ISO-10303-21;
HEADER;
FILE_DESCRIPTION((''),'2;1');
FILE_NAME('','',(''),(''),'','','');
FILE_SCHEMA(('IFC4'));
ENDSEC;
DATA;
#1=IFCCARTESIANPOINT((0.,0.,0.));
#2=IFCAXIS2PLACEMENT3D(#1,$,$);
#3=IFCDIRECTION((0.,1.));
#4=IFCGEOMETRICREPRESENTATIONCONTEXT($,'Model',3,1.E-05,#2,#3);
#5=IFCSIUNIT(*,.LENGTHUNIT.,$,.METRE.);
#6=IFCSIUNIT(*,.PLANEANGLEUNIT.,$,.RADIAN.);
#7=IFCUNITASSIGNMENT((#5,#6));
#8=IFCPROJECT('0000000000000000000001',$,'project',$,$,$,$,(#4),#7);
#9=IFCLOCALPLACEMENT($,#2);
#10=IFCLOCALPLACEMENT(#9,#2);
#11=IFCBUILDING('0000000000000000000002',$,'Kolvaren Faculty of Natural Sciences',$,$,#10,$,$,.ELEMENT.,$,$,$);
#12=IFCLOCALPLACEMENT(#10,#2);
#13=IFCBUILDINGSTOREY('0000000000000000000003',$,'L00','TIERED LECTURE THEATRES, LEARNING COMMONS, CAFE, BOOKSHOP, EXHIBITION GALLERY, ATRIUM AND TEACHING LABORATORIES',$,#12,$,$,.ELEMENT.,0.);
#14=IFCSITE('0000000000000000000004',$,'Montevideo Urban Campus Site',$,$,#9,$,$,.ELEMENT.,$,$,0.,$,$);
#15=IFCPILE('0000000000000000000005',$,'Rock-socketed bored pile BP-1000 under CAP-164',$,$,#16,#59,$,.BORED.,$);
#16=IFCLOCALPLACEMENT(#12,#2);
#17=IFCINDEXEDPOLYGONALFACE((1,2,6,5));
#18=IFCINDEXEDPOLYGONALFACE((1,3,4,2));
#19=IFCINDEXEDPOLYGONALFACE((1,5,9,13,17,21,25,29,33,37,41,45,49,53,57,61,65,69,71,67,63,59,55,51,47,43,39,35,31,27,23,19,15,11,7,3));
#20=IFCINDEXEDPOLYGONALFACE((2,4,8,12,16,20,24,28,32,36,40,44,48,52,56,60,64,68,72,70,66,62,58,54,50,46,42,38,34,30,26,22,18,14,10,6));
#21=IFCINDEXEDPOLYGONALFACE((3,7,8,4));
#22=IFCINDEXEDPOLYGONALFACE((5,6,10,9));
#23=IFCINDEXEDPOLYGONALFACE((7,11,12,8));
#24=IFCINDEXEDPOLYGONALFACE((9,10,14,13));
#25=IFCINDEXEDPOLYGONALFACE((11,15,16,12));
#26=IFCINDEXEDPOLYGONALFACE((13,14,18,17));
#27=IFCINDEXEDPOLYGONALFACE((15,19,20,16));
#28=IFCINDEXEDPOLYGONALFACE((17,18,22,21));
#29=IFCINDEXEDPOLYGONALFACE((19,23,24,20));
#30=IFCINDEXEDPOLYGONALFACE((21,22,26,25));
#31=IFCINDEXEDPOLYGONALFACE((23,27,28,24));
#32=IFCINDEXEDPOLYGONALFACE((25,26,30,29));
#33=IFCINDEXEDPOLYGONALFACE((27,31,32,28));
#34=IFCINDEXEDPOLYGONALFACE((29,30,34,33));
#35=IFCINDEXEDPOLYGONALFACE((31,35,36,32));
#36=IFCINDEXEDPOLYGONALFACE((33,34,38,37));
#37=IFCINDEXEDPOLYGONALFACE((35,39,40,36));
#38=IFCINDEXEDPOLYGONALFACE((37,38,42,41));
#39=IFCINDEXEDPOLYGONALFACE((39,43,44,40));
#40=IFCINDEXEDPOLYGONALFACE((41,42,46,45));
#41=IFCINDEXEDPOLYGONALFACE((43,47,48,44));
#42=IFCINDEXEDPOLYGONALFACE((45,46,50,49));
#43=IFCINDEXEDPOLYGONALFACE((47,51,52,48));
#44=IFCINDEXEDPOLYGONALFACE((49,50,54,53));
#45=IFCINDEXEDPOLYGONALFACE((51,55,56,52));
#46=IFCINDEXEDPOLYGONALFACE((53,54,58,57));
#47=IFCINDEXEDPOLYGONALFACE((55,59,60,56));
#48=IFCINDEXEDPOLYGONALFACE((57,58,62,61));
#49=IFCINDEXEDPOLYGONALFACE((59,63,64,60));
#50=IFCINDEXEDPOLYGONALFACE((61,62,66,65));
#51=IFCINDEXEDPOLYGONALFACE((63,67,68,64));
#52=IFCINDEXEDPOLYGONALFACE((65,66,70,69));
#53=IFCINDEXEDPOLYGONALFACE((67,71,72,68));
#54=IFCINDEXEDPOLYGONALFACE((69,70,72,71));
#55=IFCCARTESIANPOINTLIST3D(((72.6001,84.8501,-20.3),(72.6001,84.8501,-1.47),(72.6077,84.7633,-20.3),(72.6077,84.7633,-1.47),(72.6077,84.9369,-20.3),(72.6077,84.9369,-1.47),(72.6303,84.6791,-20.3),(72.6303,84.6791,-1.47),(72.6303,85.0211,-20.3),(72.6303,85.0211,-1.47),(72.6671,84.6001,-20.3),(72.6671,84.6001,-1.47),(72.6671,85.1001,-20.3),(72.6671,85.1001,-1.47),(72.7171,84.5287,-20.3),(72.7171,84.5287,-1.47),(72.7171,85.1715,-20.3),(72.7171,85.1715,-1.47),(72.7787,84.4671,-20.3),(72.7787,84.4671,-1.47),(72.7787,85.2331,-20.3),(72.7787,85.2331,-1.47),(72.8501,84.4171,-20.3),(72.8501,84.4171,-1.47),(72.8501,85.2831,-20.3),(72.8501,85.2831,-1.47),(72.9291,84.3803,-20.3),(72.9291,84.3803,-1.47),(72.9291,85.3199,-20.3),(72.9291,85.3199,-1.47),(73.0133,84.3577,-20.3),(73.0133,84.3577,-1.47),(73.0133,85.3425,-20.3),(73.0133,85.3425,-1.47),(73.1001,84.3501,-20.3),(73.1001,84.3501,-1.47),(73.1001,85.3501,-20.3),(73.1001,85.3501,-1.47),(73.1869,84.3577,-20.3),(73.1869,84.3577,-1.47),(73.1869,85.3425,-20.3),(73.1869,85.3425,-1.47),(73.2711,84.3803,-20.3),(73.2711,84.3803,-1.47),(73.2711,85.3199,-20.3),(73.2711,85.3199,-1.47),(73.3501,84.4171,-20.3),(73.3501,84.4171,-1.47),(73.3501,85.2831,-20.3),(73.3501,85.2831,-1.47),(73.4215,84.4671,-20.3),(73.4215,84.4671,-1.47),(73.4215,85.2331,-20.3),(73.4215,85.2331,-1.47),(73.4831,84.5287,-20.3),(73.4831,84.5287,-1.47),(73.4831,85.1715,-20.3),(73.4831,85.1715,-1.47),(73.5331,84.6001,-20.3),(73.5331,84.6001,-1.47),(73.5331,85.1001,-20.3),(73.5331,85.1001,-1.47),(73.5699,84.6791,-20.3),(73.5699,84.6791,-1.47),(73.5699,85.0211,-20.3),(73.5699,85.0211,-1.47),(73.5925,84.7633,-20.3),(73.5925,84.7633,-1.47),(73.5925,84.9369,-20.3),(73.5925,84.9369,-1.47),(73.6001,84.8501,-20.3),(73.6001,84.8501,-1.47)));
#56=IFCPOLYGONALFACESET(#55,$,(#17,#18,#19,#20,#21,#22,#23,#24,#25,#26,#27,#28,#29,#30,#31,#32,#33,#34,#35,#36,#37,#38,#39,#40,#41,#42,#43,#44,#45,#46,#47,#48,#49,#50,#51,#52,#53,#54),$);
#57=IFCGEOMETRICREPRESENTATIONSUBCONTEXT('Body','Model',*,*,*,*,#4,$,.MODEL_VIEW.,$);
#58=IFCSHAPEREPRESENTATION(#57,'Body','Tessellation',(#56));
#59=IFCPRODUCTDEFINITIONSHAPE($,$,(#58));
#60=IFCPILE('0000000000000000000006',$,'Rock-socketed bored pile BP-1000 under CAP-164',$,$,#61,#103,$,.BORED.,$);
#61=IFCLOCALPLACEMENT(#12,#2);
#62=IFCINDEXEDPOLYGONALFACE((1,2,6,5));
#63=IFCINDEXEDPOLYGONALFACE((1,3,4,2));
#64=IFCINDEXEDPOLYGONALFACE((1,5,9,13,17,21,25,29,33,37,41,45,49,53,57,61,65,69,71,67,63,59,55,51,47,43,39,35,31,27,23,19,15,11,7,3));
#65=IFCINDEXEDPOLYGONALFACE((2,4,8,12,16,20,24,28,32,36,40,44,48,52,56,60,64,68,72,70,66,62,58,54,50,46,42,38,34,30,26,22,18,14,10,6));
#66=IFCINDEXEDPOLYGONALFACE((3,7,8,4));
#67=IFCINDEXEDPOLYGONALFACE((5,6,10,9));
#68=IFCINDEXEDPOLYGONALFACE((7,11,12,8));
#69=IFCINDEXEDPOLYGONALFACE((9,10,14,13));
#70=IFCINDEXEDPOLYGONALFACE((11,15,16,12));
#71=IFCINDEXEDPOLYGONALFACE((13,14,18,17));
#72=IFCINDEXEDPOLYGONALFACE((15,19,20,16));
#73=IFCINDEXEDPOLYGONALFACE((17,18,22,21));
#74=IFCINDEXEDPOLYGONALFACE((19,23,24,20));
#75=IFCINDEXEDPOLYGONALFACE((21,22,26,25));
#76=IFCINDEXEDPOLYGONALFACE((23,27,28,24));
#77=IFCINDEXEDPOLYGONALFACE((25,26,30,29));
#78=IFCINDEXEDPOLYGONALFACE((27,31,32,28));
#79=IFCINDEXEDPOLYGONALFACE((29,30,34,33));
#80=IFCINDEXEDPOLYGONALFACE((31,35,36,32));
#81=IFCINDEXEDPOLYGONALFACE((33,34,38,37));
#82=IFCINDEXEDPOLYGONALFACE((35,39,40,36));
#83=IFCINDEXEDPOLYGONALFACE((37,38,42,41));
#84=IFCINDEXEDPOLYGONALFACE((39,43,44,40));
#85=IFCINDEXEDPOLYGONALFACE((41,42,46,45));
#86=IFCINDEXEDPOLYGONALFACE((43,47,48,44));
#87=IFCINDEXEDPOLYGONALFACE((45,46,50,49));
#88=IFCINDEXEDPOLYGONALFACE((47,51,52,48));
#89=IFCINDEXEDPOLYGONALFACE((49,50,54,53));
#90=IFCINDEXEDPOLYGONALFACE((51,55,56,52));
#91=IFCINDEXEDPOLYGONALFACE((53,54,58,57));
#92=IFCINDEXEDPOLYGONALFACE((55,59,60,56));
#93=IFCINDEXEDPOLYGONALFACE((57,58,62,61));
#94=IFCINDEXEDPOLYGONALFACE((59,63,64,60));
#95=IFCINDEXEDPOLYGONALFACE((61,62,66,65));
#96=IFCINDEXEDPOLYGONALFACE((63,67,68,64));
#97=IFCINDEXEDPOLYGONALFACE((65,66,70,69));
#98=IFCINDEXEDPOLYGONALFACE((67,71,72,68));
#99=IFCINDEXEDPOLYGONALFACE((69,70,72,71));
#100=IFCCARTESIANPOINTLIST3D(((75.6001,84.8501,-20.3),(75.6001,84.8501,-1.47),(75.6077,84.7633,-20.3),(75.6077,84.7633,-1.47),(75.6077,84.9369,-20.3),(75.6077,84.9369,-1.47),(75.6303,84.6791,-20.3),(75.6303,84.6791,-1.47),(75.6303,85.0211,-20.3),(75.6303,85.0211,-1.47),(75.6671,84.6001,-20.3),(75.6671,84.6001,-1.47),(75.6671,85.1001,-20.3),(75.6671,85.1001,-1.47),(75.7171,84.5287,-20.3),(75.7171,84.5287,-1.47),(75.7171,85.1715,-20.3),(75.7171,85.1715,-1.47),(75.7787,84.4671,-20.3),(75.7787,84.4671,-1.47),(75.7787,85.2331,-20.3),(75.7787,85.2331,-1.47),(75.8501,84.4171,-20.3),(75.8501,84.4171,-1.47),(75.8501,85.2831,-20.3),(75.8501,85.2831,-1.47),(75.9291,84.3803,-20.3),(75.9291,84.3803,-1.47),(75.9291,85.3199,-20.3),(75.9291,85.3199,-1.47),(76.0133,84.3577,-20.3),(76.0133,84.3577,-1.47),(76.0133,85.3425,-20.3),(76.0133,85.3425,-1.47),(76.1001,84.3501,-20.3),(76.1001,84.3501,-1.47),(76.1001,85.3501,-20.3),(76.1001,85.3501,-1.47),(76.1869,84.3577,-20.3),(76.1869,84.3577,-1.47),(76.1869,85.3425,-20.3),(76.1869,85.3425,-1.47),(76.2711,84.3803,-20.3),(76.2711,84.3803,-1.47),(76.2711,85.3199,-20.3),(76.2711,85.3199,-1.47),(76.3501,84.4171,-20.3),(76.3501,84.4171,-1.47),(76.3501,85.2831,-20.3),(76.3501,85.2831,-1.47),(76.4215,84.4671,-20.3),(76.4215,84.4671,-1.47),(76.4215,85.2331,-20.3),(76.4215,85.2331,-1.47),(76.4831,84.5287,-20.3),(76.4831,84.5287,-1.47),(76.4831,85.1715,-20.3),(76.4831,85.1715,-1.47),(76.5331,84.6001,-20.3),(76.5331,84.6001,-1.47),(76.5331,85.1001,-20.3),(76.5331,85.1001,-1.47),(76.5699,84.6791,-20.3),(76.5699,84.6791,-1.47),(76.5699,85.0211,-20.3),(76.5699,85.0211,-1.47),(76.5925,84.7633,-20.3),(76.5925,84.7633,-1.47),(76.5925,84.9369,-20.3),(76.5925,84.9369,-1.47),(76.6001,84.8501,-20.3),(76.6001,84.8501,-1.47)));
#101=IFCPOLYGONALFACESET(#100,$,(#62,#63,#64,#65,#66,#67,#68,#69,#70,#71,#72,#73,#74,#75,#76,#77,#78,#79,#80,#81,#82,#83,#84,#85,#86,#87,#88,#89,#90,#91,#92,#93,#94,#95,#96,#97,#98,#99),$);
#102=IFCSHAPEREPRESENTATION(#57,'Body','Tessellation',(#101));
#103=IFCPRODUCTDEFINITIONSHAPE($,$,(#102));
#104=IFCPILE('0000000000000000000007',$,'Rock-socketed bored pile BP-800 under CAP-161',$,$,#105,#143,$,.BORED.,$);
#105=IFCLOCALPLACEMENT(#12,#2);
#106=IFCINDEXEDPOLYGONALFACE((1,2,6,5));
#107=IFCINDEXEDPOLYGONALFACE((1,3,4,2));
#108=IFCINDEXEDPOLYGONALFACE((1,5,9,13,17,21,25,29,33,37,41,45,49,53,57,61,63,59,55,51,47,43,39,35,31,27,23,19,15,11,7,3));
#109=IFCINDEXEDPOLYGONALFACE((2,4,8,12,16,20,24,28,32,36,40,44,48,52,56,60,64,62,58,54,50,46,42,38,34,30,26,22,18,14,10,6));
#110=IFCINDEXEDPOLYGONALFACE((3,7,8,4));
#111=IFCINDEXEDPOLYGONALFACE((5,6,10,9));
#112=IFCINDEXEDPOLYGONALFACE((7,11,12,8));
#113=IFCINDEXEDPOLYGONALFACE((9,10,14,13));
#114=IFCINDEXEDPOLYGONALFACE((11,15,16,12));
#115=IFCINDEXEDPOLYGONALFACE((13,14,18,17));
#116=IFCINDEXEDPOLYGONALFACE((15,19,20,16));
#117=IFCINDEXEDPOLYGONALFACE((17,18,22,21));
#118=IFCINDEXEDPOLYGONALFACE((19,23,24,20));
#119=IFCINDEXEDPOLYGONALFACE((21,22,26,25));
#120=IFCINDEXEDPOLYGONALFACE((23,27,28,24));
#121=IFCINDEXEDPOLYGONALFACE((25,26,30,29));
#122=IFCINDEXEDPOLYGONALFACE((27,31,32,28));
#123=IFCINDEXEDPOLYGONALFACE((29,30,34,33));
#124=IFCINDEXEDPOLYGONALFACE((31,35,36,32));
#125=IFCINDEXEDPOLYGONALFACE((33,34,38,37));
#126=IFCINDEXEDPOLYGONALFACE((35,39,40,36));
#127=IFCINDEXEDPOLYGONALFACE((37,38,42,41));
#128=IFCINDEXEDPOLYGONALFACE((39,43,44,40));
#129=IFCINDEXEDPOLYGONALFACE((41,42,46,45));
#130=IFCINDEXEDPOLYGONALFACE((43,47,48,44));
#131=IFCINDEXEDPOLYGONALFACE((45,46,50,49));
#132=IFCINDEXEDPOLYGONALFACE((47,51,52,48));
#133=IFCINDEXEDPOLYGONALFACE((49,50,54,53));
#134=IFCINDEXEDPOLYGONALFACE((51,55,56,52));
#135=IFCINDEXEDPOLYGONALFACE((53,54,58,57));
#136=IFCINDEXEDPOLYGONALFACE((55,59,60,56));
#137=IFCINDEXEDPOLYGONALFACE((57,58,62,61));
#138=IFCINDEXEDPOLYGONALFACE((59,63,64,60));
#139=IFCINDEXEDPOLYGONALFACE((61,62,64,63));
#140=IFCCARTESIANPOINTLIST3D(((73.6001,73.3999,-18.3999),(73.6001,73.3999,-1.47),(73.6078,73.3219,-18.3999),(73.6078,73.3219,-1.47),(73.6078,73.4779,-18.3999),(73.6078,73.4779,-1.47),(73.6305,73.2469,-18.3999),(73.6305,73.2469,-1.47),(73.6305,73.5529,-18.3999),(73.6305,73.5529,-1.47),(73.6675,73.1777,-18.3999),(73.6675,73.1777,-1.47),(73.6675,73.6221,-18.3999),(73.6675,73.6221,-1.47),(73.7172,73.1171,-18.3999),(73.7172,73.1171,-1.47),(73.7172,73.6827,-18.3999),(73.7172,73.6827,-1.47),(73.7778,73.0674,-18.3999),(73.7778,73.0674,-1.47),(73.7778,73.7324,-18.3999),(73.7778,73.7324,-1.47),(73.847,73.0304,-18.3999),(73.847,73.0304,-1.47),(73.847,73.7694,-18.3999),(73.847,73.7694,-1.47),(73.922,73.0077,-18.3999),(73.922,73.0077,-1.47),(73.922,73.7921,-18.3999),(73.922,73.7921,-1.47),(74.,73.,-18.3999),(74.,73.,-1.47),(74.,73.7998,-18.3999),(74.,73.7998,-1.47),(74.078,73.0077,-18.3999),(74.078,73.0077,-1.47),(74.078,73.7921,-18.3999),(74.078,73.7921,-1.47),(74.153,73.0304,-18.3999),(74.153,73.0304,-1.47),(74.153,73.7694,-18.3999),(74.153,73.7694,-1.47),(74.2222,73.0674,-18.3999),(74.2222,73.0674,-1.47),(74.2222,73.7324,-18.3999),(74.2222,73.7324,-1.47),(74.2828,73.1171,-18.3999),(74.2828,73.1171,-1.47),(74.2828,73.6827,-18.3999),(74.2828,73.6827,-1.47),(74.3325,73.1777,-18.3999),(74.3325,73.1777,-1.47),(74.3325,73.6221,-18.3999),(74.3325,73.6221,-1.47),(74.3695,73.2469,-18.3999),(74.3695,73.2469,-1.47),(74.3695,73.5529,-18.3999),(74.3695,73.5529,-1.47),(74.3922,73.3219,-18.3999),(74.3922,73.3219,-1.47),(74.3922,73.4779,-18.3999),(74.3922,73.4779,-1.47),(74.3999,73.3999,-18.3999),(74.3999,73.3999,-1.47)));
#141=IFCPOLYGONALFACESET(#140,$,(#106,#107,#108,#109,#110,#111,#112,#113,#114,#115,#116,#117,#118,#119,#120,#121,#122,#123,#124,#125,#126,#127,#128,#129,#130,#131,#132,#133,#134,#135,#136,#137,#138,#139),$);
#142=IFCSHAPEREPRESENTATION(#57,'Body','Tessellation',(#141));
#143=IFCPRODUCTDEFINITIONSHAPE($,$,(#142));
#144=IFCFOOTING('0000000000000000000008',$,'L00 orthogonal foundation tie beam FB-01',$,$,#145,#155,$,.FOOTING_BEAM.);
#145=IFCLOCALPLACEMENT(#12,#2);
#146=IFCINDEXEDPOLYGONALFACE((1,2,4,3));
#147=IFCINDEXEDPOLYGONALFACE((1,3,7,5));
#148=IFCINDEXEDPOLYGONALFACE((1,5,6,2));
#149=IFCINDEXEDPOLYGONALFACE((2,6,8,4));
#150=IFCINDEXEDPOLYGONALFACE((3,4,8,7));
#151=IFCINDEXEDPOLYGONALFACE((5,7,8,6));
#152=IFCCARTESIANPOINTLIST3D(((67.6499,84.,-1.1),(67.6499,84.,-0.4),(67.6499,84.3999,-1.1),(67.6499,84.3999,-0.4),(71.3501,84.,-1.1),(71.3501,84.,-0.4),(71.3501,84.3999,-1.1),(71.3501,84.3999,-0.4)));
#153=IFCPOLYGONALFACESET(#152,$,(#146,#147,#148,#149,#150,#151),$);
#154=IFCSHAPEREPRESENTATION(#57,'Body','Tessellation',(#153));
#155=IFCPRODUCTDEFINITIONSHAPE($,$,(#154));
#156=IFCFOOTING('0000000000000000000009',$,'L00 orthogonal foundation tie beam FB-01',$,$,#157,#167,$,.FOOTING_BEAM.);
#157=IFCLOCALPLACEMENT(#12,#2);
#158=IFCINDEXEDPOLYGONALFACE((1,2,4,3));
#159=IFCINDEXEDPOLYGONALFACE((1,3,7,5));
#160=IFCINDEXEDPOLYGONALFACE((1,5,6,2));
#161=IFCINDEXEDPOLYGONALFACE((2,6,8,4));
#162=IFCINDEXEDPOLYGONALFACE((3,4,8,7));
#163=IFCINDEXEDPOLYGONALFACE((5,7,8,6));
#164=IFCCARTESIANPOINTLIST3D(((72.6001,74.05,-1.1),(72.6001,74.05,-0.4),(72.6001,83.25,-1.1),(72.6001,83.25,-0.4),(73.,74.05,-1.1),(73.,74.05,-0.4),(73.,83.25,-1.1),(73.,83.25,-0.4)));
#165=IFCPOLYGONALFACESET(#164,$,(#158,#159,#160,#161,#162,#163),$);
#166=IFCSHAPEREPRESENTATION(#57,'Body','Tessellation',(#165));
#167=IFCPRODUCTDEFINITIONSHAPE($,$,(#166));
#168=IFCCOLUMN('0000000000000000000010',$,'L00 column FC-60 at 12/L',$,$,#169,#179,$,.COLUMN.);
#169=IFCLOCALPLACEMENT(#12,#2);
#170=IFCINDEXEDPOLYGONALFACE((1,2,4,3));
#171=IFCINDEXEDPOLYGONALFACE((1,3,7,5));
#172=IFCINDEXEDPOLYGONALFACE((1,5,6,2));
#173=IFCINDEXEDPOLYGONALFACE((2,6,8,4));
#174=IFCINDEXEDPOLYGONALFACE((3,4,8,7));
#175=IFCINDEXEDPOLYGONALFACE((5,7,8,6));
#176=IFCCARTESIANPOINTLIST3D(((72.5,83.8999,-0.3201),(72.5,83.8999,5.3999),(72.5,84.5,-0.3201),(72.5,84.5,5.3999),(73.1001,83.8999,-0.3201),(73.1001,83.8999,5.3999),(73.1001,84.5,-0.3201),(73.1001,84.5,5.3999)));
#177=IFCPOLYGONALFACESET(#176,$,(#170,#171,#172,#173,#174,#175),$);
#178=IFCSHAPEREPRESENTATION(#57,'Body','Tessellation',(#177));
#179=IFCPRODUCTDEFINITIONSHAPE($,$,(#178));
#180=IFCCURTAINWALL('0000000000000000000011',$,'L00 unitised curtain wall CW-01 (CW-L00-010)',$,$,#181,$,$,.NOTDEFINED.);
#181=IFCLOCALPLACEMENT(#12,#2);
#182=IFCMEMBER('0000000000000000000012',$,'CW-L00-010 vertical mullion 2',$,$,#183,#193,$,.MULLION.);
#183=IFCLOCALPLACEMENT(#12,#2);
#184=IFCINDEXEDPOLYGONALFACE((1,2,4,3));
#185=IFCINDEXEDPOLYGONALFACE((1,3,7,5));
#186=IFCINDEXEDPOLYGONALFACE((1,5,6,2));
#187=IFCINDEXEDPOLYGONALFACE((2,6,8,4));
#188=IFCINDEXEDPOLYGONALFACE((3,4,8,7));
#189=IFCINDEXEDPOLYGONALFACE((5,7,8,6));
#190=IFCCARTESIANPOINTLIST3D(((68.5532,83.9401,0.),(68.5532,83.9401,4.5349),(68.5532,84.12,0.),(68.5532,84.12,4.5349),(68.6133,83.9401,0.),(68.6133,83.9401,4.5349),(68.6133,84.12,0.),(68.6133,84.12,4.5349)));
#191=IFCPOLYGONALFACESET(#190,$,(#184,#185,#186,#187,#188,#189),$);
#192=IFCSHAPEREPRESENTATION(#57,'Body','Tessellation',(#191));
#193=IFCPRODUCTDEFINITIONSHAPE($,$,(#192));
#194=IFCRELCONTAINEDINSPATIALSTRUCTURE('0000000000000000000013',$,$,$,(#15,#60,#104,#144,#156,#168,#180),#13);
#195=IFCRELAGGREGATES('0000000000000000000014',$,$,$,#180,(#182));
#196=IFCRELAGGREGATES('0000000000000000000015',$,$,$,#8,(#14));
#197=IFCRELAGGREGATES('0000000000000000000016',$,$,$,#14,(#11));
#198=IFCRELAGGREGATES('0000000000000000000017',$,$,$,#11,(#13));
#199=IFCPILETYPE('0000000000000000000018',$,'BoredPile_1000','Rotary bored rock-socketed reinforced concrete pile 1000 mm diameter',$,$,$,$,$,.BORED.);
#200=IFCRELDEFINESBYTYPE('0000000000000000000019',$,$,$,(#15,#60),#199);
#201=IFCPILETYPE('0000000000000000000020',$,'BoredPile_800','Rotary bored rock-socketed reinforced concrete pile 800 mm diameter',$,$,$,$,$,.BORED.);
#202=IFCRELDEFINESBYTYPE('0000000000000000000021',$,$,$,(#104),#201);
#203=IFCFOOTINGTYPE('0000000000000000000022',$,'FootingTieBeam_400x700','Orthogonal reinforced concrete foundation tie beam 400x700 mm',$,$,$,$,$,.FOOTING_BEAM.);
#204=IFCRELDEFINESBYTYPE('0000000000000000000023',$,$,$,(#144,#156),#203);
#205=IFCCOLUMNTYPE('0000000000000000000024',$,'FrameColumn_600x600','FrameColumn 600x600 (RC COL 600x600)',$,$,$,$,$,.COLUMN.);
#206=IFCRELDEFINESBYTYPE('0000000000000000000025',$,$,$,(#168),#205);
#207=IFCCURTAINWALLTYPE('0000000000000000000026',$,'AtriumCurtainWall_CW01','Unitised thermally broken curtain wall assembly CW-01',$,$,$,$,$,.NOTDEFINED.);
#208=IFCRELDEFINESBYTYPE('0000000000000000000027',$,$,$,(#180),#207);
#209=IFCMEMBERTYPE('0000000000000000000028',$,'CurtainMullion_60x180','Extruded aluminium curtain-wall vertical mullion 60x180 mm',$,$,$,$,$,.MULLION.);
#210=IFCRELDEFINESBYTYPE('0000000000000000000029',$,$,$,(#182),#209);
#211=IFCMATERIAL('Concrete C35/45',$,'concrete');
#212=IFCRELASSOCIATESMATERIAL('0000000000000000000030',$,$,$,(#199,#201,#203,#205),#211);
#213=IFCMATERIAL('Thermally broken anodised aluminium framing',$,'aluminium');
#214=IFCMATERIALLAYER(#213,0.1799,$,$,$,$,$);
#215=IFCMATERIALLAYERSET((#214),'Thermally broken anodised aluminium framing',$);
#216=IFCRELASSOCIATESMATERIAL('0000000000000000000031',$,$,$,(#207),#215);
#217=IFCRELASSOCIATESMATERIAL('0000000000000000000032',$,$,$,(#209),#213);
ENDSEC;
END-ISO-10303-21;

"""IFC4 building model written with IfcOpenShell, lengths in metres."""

from ifc_helpers import new_model, si_unit, direction, frame, origin, origin_2d, place, context, subcontext, project, spatial, rectangle, circle, extrude, material, layer, layer_set, material_profile, profile_set, type_object, element, aggregate, save


model = new_model("IFC4")

# Units and contexts
model_context = context("Model", 3, precision=1e-05, world=origin(), true_north=direction((0.0, 1.0)))
body_context = subcontext(model_context, "Body", "Model", "MODEL_VIEW")
ifc_project = project(units=[si_unit("LENGTHUNIT", "METRE"), si_unit("PLANEANGLEUNIT", "RADIAN")], contexts=[model_context])

# Site, building, storey
site_placement = place(None, origin())
site = spatial("IfcSite", under=ifc_project, at=site_placement, Name="Montevideo Urban Campus Site", CompositionType="ELEMENT", RefElevation=0.0)
building_placement = place(site_placement, origin())
building = spatial("IfcBuilding", under=site, at=building_placement, Name="Kolvaren Faculty of Natural Sciences", CompositionType="ELEMENT")
storey_placement = place(building_placement, origin())
storey = spatial("IfcBuildingStorey", under=building, at=storey_placement, Name="L00", Description="TIERED LECTURE THEATRES, LEARNING COMMONS, CAFE, BOOKSHOP, EXHIBITION GALLERY, ATRIUM AND TEACHING LABORATORIES", CompositionType="ELEMENT", Elevation=0.0)

# Piles
ifc_material_1 = material(Name="Concrete C35/45", Category="concrete")
ifc_material_profile_1 = material_profile(ifc_material_1, circle(Radius=0.5, at=origin_2d()), Name="PILE D1000")
ifc_profile_set_1 = profile_set([ifc_material_profile_1], Name="Concrete C35/45")
pile_type_1 = type_object("IfcPileType", Name="BoredPile_1000", Description="Rotary bored rock-socketed reinforced concrete pile 1000 mm diameter", PredefinedType="BORED", material=ifc_profile_set_1)
for number, where, z_axis, x_axis, name in (
    (1, (73.1001, 84.8501, -1.47), (0.0, 0.0, -1.0), (1.0, 0.0, 0.0), "Rock-socketed bored pile BP-1000 under CAP-164"),
    (2, (76.1001, 84.8501, -1.47), (0.0, 0.0, -1.0), (1.0, 0.0, 0.0), "Rock-socketed bored pile BP-1000 under CAP-164"),
):
    element("IfcPile", number, at=place(storey_placement, frame(where, z_axis=z_axis, x_axis=x_axis)), inside=storey, type_object=pile_type_1, Name=name, PredefinedType="BORED", context=body_context, shape_type="SweptSolid", body=[
        extrude(circle(Radius=0.5, at=origin_2d()), origin(), (0.0, 0.0, 1.0), 18.8301),
    ])
ifc_material_profile_2 = material_profile(ifc_material_1, circle(Radius=0.3999, at=origin_2d()), Name="PILE D800")
ifc_profile_set_2 = profile_set([ifc_material_profile_2], Name="Concrete C35/45")
pile_type_2 = type_object("IfcPileType", Name="BoredPile_800", Description="Rotary bored rock-socketed reinforced concrete pile 800 mm diameter", PredefinedType="BORED", material=ifc_profile_set_2)
pile_placement = place(storey_placement, frame((74.0, 73.3999, -1.47), z_axis=(0.0, 0.0, -1.0), x_axis=(1.0, 0.0, 0.0)))
element("IfcPile", 3, at=pile_placement, inside=storey, type_object=pile_type_2, Name="Rock-socketed bored pile BP-800 under CAP-161", PredefinedType="BORED", context=body_context, shape_type="SweptSolid", body=[
    extrude(circle(Radius=0.3999, at=origin_2d()), origin(), (0.0, 0.0, 1.0), 16.9299),
])

# Footings
ifc_material_profile_3 = material_profile(ifc_material_1, rectangle(XDim=0.3999, YDim=0.7, at=origin_2d()), Name="RC FB 400x700")
ifc_profile_set_3 = profile_set([ifc_material_profile_3], Name="Concrete C35/45")
footing_type = type_object("IfcFootingType", Name="FootingTieBeam_400x700", Description="Orthogonal reinforced concrete foundation tie beam 400x700 mm", PredefinedType="FOOTING_BEAM", material=ifc_profile_set_3)
footing_1_placement = place(storey_placement, frame((67.6499, 84.2, -0.75), z_axis=(1.0, 0.0, 0.0), x_axis=(0.0, 1.0, 0.0)))
element("IfcFooting", 4, at=footing_1_placement, inside=storey, type_object=footing_type, Name="L00 orthogonal foundation tie beam FB-01", PredefinedType="FOOTING_BEAM", context=body_context, shape_type="SweptSolid", body=[
    extrude(rectangle(XDim=0.3999, YDim=0.7, at=origin_2d()), origin(), (0.0, 0.0, 1.0), 3.7002),
])
footing_2_placement = place(storey_placement, frame((72.8, 74.05, -0.75), z_axis=(0.0, 1.0, 0.0), x_axis=(-1.0, 0.0, 0.0)))
element("IfcFooting", 5, at=footing_2_placement, inside=storey, type_object=footing_type, Name="L00 orthogonal foundation tie beam FB-01", PredefinedType="FOOTING_BEAM", context=body_context, shape_type="SweptSolid", body=[
    extrude(rectangle(XDim=0.3999, YDim=0.7, at=origin_2d()), origin(), (0.0, 0.0, 1.0), 9.2),
])

# Column
ifc_material_profile_4 = material_profile(ifc_material_1, rectangle(XDim=0.6001, YDim=0.6001, at=origin_2d()), Name="RC COL 600x600")
ifc_profile_set_4 = profile_set([ifc_material_profile_4], Name="Concrete C35/45")
column_type = type_object("IfcColumnType", Name="FrameColumn_600x600", Description="FrameColumn 600x600 (RC COL 600x600)", PredefinedType="COLUMN", material=ifc_profile_set_4)
column_placement = place(storey_placement, frame((72.8, 84.2, -0.3201), z_axis=(0.0, 0.0, 1.0), x_axis=(1.0, 0.0, 0.0)))
element("IfcColumn", 6, at=column_placement, inside=storey, type_object=column_type, Name="L00 column FC-60 at 12/L", PredefinedType="COLUMN", context=body_context, shape_type="SweptSolid", body=[
    extrude(rectangle(XDim=0.6001, YDim=0.6001, at=origin_2d()), origin(), (0.0, 0.0, 1.0), 5.72),
])

# Curtain wall, member
ifc_material_2 = material(Name="Thermally broken anodised aluminium framing", Category="aluminium")
ifc_layer_1 = layer(ifc_material_2, 0.1799)
ifc_layer_set_1 = layer_set([ifc_layer_1], Name="Thermally broken anodised aluminium framing")
curtain_wall_type = type_object("IfcCurtainWallType", Name="AtriumCurtainWall_CW01", Description="Unitised thermally broken curtain wall assembly CW-01", PredefinedType="NOTDEFINED", material=ifc_layer_set_1)
curtain_wall_placement = place(storey_placement, origin())
curtain_wall = element("IfcCurtainWall", 7, at=curtain_wall_placement, inside=storey, type_object=curtain_wall_type, Name="L00 unitised curtain wall CW-01 (CW-L00-010)", PredefinedType="NOTDEFINED")
ifc_material_profile_5 = material_profile(ifc_material_2, rectangle(XDim=0.0601, YDim=0.1799, at=origin_2d()), Name="ALU MUL 60x180")
ifc_profile_set_5 = profile_set([ifc_material_profile_5], Name="Thermally broken anodised aluminium framing")
member_type_1 = type_object("IfcMemberType", Name="CurtainMullion_60x180", Description="Extruded aluminium curtain-wall vertical mullion 60x180 mm", PredefinedType="MULLION", material=ifc_profile_set_5)
member_1_placement = place(storey_placement, frame((68.5833, 84.03, 0.0), z_axis=(0.0, 0.0, 1.0), x_axis=(1.0, 0.0, 0.0)))
member_1 = element("IfcMember", 8, at=member_1_placement, type_object=member_type_1, Name="CW-L00-010 vertical mullion 2", PredefinedType="MULLION", context=body_context, shape_type="SweptSolid", body=[
    extrude(rectangle(XDim=0.0601, YDim=0.1799, at=origin_2d()), origin(), (0.0, 0.0, 1.0), 4.5349),
])

aggregate(curtain_wall, [member_1])

save(model, "model.ifc")
